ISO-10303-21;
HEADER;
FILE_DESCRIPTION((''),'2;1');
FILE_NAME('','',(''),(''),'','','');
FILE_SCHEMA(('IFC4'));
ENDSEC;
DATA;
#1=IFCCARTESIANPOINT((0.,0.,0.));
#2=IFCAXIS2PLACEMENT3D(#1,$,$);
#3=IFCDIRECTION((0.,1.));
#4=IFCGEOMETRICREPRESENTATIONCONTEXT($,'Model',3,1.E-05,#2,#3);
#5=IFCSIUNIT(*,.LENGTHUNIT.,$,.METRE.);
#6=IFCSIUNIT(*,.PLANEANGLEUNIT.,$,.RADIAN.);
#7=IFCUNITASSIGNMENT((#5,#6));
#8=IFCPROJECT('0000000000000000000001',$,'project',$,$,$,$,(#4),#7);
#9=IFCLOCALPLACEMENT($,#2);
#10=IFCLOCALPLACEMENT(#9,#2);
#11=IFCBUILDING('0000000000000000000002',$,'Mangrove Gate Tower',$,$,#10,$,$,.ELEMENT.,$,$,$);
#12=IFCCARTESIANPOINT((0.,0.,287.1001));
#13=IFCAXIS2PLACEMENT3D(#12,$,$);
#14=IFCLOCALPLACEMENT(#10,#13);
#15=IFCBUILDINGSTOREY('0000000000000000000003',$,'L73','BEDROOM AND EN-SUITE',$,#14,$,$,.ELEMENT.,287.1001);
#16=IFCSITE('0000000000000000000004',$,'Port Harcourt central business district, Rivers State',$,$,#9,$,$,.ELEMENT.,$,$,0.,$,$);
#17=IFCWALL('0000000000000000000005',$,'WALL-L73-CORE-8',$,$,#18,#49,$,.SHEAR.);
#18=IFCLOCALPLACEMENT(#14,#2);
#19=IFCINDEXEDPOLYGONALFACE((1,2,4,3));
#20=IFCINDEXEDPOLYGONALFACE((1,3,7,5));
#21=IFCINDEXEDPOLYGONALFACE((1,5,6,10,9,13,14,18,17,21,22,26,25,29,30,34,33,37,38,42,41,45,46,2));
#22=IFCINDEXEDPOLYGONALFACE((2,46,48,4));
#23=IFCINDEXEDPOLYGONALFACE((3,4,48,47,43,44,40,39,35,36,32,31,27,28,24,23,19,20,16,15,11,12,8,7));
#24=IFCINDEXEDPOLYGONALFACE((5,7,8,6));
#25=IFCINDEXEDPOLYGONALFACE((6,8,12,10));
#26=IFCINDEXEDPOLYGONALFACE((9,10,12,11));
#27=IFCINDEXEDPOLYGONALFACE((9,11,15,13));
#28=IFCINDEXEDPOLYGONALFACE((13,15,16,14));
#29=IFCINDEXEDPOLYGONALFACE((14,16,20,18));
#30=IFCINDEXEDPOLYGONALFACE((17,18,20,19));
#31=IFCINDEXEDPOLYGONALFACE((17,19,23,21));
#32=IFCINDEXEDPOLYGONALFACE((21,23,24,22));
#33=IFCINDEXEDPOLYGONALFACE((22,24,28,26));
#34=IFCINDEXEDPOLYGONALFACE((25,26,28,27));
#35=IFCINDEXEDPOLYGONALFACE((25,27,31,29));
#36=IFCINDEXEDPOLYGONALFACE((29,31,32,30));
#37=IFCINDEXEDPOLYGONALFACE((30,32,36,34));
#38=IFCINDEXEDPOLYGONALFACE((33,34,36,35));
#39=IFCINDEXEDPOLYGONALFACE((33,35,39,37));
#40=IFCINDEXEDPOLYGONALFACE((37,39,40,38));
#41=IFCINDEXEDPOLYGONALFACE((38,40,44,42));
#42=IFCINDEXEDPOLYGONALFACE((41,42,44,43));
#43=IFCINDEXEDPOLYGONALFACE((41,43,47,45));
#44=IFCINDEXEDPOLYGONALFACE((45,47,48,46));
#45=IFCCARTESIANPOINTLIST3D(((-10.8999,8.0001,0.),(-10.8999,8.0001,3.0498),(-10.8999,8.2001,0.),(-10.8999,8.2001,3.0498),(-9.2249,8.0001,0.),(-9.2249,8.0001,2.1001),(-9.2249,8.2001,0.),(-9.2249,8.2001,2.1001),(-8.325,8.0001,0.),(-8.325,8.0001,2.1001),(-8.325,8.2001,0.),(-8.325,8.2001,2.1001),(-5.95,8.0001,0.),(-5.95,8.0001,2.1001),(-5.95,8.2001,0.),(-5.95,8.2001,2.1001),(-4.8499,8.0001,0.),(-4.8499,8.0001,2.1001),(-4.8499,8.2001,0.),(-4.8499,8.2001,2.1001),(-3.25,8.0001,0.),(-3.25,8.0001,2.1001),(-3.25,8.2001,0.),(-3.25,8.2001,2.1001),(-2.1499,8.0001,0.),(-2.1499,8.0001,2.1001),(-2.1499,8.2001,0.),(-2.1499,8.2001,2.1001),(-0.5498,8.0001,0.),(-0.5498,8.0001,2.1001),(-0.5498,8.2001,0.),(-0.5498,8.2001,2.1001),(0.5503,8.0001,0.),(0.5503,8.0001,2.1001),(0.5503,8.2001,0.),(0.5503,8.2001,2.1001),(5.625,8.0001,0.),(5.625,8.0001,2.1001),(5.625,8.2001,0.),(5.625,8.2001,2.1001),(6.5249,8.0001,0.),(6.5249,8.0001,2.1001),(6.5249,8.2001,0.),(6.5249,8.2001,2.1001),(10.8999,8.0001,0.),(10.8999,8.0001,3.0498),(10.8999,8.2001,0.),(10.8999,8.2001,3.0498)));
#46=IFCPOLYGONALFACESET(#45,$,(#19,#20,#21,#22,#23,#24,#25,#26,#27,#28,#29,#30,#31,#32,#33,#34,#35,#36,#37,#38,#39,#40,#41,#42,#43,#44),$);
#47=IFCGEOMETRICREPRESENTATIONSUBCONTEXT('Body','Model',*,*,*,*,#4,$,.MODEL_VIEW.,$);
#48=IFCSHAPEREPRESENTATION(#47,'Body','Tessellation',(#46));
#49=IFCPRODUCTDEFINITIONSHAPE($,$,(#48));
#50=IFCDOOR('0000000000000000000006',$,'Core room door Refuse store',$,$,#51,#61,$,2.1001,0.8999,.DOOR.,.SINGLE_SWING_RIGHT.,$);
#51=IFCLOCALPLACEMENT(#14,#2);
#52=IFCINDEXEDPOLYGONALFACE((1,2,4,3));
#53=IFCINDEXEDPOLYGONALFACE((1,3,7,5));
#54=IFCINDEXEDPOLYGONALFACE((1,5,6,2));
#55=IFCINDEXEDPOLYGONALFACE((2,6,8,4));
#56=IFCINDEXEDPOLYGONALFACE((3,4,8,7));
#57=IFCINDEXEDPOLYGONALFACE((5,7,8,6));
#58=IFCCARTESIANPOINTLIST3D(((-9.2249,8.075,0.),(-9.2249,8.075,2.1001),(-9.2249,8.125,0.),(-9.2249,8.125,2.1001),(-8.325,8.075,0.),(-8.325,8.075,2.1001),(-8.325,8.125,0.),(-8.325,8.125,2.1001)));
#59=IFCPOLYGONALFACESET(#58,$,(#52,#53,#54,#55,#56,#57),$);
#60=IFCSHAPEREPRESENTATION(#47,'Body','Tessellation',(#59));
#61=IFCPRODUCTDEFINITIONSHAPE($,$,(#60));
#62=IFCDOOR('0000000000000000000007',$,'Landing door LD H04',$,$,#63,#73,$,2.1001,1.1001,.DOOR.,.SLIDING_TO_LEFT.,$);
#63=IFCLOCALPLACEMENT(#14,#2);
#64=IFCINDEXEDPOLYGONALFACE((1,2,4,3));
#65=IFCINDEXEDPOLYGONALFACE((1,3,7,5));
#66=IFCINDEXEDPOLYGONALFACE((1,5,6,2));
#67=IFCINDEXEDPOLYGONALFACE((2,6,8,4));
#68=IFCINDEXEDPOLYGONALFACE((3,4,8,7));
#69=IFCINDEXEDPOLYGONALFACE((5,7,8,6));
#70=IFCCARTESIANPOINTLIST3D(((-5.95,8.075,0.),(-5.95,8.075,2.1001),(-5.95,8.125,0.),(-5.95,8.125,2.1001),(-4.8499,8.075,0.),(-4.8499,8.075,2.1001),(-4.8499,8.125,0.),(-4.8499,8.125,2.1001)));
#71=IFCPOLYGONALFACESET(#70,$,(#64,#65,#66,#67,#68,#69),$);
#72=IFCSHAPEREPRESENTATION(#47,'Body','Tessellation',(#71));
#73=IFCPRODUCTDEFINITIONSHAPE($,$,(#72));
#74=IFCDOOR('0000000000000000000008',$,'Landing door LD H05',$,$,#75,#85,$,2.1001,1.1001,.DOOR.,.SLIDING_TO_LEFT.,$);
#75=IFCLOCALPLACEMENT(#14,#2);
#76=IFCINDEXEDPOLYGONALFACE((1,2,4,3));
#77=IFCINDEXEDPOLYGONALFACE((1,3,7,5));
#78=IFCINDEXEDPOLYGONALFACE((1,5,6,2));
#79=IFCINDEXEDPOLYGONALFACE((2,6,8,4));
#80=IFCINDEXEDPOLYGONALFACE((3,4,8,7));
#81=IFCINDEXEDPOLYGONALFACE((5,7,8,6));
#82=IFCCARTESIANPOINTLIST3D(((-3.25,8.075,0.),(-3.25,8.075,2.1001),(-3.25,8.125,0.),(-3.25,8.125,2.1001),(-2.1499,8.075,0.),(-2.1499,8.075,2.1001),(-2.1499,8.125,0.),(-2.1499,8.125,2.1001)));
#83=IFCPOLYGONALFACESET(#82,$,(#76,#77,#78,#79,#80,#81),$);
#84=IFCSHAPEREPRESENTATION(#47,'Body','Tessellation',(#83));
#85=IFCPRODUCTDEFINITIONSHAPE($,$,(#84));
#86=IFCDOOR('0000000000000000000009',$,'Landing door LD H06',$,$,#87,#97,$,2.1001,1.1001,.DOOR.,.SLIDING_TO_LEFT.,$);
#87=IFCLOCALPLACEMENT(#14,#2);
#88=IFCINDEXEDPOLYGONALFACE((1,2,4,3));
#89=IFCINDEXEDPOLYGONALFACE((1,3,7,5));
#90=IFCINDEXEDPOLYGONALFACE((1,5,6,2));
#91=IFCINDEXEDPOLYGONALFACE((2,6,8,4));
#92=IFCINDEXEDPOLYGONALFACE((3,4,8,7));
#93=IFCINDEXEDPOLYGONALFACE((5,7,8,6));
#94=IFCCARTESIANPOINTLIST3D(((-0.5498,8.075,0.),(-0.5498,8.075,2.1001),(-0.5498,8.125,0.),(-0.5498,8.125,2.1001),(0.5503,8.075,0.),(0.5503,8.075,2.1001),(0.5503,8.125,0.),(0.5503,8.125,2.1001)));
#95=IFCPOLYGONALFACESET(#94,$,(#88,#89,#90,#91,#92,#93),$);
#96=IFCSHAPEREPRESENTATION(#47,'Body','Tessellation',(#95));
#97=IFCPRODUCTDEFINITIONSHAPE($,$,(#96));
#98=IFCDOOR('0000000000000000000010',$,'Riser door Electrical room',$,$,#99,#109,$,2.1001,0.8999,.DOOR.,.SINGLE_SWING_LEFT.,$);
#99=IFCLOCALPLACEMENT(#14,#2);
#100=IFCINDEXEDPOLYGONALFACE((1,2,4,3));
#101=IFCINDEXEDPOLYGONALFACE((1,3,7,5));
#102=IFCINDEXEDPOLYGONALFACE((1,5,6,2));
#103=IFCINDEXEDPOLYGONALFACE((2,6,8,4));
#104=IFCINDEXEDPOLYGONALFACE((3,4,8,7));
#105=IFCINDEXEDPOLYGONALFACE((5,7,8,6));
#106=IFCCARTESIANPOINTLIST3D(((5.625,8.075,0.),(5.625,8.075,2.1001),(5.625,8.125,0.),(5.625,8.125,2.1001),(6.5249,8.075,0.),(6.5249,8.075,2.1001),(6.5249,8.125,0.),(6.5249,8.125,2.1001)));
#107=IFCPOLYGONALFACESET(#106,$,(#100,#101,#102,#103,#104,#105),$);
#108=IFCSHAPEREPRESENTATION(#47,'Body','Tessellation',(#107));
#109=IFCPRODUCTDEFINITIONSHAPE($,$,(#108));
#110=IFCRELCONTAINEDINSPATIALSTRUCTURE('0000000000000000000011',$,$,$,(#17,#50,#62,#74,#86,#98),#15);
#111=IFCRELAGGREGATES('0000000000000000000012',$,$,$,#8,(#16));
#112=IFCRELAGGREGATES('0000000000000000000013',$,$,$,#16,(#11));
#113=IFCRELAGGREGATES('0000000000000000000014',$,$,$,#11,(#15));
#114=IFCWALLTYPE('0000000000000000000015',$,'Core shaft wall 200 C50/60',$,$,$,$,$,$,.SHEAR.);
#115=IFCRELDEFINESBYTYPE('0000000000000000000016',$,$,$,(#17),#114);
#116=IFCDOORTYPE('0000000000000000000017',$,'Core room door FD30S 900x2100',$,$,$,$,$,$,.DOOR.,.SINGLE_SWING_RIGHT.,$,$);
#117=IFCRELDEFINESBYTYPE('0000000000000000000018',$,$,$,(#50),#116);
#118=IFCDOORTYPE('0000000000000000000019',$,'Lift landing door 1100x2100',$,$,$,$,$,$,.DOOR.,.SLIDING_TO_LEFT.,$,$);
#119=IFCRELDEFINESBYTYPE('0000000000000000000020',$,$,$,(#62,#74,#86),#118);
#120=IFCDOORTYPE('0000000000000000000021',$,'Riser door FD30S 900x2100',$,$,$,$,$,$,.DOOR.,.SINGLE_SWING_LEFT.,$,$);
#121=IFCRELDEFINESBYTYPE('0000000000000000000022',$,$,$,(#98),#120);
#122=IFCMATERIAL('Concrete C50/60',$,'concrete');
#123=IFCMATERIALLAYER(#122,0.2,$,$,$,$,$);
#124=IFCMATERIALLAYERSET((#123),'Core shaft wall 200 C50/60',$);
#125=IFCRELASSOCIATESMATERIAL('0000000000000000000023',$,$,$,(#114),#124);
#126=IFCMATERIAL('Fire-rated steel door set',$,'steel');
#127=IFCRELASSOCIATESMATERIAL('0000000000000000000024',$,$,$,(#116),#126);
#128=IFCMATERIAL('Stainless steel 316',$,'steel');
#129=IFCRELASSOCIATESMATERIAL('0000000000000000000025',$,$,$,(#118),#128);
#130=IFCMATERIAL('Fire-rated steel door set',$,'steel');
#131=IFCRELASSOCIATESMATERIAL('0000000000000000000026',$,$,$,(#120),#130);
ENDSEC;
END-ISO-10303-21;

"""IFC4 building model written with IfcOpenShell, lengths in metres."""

from ifc_helpers import new_model, si_unit, direction, frame, frame_2d, origin, place, context, subcontext, project, spatial, rectangle, extrude, material, layer, layer_set, type_object, element, fill, save


model = new_model("IFC4")

# Units and contexts
model_context = context("Model", 3, precision=1e-05, world=origin(), true_north=direction((0.0, 1.0)))
body_context = subcontext(model_context, "Body", "Model", "MODEL_VIEW")
ifc_project = project(units=[si_unit("LENGTHUNIT", "METRE"), si_unit("PLANEANGLEUNIT", "RADIAN")], contexts=[model_context])

# Site, building, storey
site_placement = place(None, origin())
site = spatial("IfcSite", under=ifc_project, at=site_placement, Name="Port Harcourt central business district, Rivers State", CompositionType="ELEMENT", RefElevation=0.0)
building_placement = place(site_placement, origin())
building = spatial("IfcBuilding", under=site, at=building_placement, Name="Mangrove Gate Tower", CompositionType="ELEMENT")
storey_placement = place(building_placement, frame((0.0, 0.0, 287.1001)))
storey = spatial("IfcBuildingStorey", under=building, at=storey_placement, Name="L73", Description="BEDROOM AND EN-SUITE", CompositionType="ELEMENT", Elevation=287.1001)

# Shared definitions
ifc_material_1 = material(Name="Concrete C50/60", Category="concrete")
ifc_layer_1 = layer(ifc_material_1, 0.2)
ifc_layer_set_1 = layer_set([ifc_layer_1], Name="Core shaft wall 200 C50/60")
wall_type_1 = type_object("IfcWallType", Name="Core shaft wall 200 C50/60", PredefinedType="SHEAR", material=ifc_layer_set_1)

# Wall, openings, doors
ifc_material_2 = material(Name="Fire-rated steel door set", Category="steel")
door_type_1 = type_object("IfcDoorType", Name="Core room door FD30S 900x2100", OperationType="SINGLE_SWING_RIGHT", PredefinedType="DOOR", material=ifc_material_2)
ifc_material_3 = material(Name="Stainless steel 316", Category="steel")
door_type_2 = type_object("IfcDoorType", Name="Lift landing door 1100x2100", OperationType="SLIDING_TO_LEFT", PredefinedType="DOOR", material=ifc_material_3)
wall_1_placement = place(storey_placement, frame((-10.8999, 8.1001, 0.0), z_axis=(0.0, 0.0, 1.0), x_axis=(1.0, 0.0, 0.0)))
wall_1 = element("IfcWall", 1, at=wall_1_placement, inside=storey, type_object=wall_type_1, Name="WALL-L73-CORE-8", PredefinedType="SHEAR", context=body_context, shape_type="SweptSolid", body=[
    extrude(rectangle(XDim=21.7998, YDim=0.2, at=frame_2d((10.8999, 0.0))), origin(), (0.0, 0.0, 1.0), 3.0498),
])
opening_1_placement = place(wall_1_placement, frame((4.95, 0.0, 0.0)))
opening_1 = element("IfcOpeningElement", 2, at=opening_1_placement, cuts=wall_1, PredefinedType="OPENING", context=body_context, shape_type="SweptSolid", body=[
    extrude(rectangle(XDim=1.1001, YDim=2.1001, at=frame_2d((0.55, 1.05))), frame((0.0, 0.1099, 0.0), z_axis=(0.0, -1.0, 0.0), x_axis=(1.0, 0.0, 0.0)), (0.0, 0.0, 1.0), 0.22),
])
opening_2_placement = place(wall_1_placement, frame((7.6499, 0.0, 0.0)))
opening_2 = element("IfcOpeningElement", 3, at=opening_2_placement, cuts=wall_1, PredefinedType="OPENING", context=body_context, shape_type="SweptSolid", body=[
    extrude(rectangle(XDim=1.1001, YDim=2.1001, at=frame_2d((0.55, 1.05))), frame((0.0, 0.1099, 0.0), z_axis=(0.0, -1.0, 0.0), x_axis=(1.0, 0.0, 0.0)), (0.0, 0.0, 1.0), 0.22),
])
opening_3_placement = place(wall_1_placement, frame((10.3501, 0.0, 0.0)))
opening_3 = element("IfcOpeningElement", 4, at=opening_3_placement, cuts=wall_1, PredefinedType="OPENING", context=body_context, shape_type="SweptSolid", body=[
    extrude(rectangle(XDim=1.1001, YDim=2.1001, at=frame_2d((0.55, 1.05))), frame((0.0, 0.1099, 0.0), z_axis=(0.0, -1.0, 0.0), x_axis=(1.0, 0.0, 0.0)), (0.0, 0.0, 1.0), 0.22),
])
opening_4_placement = place(wall_1_placement, frame((1.675, 0.0, 0.0)))
opening_4 = element("IfcOpeningElement", 5, at=opening_4_placement, cuts=wall_1, PredefinedType="OPENING", context=body_context, shape_type="SweptSolid", body=[
    extrude(rectangle(XDim=0.8999, YDim=2.1001, at=frame_2d((0.45, 1.05))), frame((0.0, 0.1099, 0.0), z_axis=(0.0, -1.0, 0.0), x_axis=(1.0, 0.0, 0.0)), (0.0, 0.0, 1.0), 0.22),
])
opening_5_placement = place(wall_1_placement, frame((16.5249, 0.0, 0.0)))
opening_5 = element("IfcOpeningElement", 6, at=opening_5_placement, cuts=wall_1, PredefinedType="OPENING", context=body_context, shape_type="SweptSolid", body=[
    extrude(rectangle(XDim=0.8999, YDim=2.1001, at=frame_2d((0.45, 1.05))), frame((0.0, 0.1099, 0.0), z_axis=(0.0, -1.0, 0.0), x_axis=(1.0, 0.0, 0.0)), (0.0, 0.0, 1.0), 0.22),
])
door_1_placement = place(opening_4_placement, origin())
door_1 = element("IfcDoor", 7, at=door_1_placement, inside=storey, type_object=door_type_1, Name="Core room door Refuse store", OperationType="SINGLE_SWING_RIGHT", OverallHeight=2.1001, OverallWidth=0.8999, PredefinedType="DOOR", context=body_context, shape_type="SweptSolid", body=[
    extrude(rectangle(XDim=0.8999, YDim=2.1001, at=frame_2d((0.45, 1.05))), frame((0.0, 0.0249, 0.0), z_axis=(0.0, -1.0, 0.0), x_axis=(1.0, 0.0, 0.0)), (0.0, 0.0, 1.0), 0.05),
])
fill(opening_4, door_1)
door_2_placement = place(opening_1_placement, origin())
door_2 = element("IfcDoor", 8, at=door_2_placement, inside=storey, type_object=door_type_2, Name="Landing door LD H04", OperationType="SLIDING_TO_LEFT", OverallHeight=2.1001, OverallWidth=1.1001, PredefinedType="DOOR", context=body_context, shape_type="SweptSolid", body=[
    extrude(rectangle(XDim=1.1001, YDim=2.1001, at=frame_2d((0.55, 1.05))), frame((0.0, 0.0249, 0.0), z_axis=(0.0, -1.0, 0.0), x_axis=(1.0, 0.0, 0.0)), (0.0, 0.0, 1.0), 0.05),
])
fill(opening_1, door_2)
door_3_placement = place(opening_2_placement, origin())
door_3 = element("IfcDoor", 9, at=door_3_placement, inside=storey, type_object=door_type_2, Name="Landing door LD H05", OperationType="SLIDING_TO_LEFT", OverallHeight=2.1001, OverallWidth=1.1001, PredefinedType="DOOR", context=body_context, shape_type="SweptSolid", body=[
    extrude(rectangle(XDim=1.1001, YDim=2.1001, at=frame_2d((0.55, 1.05))), frame((0.0, 0.0249, 0.0), z_axis=(0.0, -1.0, 0.0), x_axis=(1.0, 0.0, 0.0)), (0.0, 0.0, 1.0), 0.05),
])
fill(opening_2, door_3)
door_4_placement = place(opening_3_placement, origin())
door_4 = element("IfcDoor", 10, at=door_4_placement, inside=storey, type_object=door_type_2, Name="Landing door LD H06", OperationType="SLIDING_TO_LEFT", OverallHeight=2.1001, OverallWidth=1.1001, PredefinedType="DOOR", context=body_context, shape_type="SweptSolid", body=[
    extrude(rectangle(XDim=1.1001, YDim=2.1001, at=frame_2d((0.55, 1.05))), frame((0.0, 0.0249, 0.0), z_axis=(0.0, -1.0, 0.0), x_axis=(1.0, 0.0, 0.0)), (0.0, 0.0, 1.0), 0.05),
])
fill(opening_3, door_4)
ifc_material_4 = material(Name="Fire-rated steel door set", Category="steel")
door_type_3 = type_object("IfcDoorType", Name="Riser door FD30S 900x2100", OperationType="SINGLE_SWING_LEFT", PredefinedType="DOOR", material=ifc_material_4)
door_5_placement = place(opening_5_placement, origin())
door_5 = element("IfcDoor", 11, at=door_5_placement, inside=storey, type_object=door_type_3, Name="Riser door Electrical room", OperationType="SINGLE_SWING_LEFT", OverallHeight=2.1001, OverallWidth=0.8999, PredefinedType="DOOR", context=body_context, shape_type="SweptSolid", body=[
    extrude(rectangle(XDim=0.8999, YDim=2.1001, at=frame_2d((0.45, 1.05))), frame((0.0, 0.0249, 0.0), z_axis=(0.0, -1.0, 0.0), x_axis=(1.0, 0.0, 0.0)), (0.0, 0.0, 1.0), 0.05),
])
fill(opening_5, door_5)

save(model, "model.ifc")
